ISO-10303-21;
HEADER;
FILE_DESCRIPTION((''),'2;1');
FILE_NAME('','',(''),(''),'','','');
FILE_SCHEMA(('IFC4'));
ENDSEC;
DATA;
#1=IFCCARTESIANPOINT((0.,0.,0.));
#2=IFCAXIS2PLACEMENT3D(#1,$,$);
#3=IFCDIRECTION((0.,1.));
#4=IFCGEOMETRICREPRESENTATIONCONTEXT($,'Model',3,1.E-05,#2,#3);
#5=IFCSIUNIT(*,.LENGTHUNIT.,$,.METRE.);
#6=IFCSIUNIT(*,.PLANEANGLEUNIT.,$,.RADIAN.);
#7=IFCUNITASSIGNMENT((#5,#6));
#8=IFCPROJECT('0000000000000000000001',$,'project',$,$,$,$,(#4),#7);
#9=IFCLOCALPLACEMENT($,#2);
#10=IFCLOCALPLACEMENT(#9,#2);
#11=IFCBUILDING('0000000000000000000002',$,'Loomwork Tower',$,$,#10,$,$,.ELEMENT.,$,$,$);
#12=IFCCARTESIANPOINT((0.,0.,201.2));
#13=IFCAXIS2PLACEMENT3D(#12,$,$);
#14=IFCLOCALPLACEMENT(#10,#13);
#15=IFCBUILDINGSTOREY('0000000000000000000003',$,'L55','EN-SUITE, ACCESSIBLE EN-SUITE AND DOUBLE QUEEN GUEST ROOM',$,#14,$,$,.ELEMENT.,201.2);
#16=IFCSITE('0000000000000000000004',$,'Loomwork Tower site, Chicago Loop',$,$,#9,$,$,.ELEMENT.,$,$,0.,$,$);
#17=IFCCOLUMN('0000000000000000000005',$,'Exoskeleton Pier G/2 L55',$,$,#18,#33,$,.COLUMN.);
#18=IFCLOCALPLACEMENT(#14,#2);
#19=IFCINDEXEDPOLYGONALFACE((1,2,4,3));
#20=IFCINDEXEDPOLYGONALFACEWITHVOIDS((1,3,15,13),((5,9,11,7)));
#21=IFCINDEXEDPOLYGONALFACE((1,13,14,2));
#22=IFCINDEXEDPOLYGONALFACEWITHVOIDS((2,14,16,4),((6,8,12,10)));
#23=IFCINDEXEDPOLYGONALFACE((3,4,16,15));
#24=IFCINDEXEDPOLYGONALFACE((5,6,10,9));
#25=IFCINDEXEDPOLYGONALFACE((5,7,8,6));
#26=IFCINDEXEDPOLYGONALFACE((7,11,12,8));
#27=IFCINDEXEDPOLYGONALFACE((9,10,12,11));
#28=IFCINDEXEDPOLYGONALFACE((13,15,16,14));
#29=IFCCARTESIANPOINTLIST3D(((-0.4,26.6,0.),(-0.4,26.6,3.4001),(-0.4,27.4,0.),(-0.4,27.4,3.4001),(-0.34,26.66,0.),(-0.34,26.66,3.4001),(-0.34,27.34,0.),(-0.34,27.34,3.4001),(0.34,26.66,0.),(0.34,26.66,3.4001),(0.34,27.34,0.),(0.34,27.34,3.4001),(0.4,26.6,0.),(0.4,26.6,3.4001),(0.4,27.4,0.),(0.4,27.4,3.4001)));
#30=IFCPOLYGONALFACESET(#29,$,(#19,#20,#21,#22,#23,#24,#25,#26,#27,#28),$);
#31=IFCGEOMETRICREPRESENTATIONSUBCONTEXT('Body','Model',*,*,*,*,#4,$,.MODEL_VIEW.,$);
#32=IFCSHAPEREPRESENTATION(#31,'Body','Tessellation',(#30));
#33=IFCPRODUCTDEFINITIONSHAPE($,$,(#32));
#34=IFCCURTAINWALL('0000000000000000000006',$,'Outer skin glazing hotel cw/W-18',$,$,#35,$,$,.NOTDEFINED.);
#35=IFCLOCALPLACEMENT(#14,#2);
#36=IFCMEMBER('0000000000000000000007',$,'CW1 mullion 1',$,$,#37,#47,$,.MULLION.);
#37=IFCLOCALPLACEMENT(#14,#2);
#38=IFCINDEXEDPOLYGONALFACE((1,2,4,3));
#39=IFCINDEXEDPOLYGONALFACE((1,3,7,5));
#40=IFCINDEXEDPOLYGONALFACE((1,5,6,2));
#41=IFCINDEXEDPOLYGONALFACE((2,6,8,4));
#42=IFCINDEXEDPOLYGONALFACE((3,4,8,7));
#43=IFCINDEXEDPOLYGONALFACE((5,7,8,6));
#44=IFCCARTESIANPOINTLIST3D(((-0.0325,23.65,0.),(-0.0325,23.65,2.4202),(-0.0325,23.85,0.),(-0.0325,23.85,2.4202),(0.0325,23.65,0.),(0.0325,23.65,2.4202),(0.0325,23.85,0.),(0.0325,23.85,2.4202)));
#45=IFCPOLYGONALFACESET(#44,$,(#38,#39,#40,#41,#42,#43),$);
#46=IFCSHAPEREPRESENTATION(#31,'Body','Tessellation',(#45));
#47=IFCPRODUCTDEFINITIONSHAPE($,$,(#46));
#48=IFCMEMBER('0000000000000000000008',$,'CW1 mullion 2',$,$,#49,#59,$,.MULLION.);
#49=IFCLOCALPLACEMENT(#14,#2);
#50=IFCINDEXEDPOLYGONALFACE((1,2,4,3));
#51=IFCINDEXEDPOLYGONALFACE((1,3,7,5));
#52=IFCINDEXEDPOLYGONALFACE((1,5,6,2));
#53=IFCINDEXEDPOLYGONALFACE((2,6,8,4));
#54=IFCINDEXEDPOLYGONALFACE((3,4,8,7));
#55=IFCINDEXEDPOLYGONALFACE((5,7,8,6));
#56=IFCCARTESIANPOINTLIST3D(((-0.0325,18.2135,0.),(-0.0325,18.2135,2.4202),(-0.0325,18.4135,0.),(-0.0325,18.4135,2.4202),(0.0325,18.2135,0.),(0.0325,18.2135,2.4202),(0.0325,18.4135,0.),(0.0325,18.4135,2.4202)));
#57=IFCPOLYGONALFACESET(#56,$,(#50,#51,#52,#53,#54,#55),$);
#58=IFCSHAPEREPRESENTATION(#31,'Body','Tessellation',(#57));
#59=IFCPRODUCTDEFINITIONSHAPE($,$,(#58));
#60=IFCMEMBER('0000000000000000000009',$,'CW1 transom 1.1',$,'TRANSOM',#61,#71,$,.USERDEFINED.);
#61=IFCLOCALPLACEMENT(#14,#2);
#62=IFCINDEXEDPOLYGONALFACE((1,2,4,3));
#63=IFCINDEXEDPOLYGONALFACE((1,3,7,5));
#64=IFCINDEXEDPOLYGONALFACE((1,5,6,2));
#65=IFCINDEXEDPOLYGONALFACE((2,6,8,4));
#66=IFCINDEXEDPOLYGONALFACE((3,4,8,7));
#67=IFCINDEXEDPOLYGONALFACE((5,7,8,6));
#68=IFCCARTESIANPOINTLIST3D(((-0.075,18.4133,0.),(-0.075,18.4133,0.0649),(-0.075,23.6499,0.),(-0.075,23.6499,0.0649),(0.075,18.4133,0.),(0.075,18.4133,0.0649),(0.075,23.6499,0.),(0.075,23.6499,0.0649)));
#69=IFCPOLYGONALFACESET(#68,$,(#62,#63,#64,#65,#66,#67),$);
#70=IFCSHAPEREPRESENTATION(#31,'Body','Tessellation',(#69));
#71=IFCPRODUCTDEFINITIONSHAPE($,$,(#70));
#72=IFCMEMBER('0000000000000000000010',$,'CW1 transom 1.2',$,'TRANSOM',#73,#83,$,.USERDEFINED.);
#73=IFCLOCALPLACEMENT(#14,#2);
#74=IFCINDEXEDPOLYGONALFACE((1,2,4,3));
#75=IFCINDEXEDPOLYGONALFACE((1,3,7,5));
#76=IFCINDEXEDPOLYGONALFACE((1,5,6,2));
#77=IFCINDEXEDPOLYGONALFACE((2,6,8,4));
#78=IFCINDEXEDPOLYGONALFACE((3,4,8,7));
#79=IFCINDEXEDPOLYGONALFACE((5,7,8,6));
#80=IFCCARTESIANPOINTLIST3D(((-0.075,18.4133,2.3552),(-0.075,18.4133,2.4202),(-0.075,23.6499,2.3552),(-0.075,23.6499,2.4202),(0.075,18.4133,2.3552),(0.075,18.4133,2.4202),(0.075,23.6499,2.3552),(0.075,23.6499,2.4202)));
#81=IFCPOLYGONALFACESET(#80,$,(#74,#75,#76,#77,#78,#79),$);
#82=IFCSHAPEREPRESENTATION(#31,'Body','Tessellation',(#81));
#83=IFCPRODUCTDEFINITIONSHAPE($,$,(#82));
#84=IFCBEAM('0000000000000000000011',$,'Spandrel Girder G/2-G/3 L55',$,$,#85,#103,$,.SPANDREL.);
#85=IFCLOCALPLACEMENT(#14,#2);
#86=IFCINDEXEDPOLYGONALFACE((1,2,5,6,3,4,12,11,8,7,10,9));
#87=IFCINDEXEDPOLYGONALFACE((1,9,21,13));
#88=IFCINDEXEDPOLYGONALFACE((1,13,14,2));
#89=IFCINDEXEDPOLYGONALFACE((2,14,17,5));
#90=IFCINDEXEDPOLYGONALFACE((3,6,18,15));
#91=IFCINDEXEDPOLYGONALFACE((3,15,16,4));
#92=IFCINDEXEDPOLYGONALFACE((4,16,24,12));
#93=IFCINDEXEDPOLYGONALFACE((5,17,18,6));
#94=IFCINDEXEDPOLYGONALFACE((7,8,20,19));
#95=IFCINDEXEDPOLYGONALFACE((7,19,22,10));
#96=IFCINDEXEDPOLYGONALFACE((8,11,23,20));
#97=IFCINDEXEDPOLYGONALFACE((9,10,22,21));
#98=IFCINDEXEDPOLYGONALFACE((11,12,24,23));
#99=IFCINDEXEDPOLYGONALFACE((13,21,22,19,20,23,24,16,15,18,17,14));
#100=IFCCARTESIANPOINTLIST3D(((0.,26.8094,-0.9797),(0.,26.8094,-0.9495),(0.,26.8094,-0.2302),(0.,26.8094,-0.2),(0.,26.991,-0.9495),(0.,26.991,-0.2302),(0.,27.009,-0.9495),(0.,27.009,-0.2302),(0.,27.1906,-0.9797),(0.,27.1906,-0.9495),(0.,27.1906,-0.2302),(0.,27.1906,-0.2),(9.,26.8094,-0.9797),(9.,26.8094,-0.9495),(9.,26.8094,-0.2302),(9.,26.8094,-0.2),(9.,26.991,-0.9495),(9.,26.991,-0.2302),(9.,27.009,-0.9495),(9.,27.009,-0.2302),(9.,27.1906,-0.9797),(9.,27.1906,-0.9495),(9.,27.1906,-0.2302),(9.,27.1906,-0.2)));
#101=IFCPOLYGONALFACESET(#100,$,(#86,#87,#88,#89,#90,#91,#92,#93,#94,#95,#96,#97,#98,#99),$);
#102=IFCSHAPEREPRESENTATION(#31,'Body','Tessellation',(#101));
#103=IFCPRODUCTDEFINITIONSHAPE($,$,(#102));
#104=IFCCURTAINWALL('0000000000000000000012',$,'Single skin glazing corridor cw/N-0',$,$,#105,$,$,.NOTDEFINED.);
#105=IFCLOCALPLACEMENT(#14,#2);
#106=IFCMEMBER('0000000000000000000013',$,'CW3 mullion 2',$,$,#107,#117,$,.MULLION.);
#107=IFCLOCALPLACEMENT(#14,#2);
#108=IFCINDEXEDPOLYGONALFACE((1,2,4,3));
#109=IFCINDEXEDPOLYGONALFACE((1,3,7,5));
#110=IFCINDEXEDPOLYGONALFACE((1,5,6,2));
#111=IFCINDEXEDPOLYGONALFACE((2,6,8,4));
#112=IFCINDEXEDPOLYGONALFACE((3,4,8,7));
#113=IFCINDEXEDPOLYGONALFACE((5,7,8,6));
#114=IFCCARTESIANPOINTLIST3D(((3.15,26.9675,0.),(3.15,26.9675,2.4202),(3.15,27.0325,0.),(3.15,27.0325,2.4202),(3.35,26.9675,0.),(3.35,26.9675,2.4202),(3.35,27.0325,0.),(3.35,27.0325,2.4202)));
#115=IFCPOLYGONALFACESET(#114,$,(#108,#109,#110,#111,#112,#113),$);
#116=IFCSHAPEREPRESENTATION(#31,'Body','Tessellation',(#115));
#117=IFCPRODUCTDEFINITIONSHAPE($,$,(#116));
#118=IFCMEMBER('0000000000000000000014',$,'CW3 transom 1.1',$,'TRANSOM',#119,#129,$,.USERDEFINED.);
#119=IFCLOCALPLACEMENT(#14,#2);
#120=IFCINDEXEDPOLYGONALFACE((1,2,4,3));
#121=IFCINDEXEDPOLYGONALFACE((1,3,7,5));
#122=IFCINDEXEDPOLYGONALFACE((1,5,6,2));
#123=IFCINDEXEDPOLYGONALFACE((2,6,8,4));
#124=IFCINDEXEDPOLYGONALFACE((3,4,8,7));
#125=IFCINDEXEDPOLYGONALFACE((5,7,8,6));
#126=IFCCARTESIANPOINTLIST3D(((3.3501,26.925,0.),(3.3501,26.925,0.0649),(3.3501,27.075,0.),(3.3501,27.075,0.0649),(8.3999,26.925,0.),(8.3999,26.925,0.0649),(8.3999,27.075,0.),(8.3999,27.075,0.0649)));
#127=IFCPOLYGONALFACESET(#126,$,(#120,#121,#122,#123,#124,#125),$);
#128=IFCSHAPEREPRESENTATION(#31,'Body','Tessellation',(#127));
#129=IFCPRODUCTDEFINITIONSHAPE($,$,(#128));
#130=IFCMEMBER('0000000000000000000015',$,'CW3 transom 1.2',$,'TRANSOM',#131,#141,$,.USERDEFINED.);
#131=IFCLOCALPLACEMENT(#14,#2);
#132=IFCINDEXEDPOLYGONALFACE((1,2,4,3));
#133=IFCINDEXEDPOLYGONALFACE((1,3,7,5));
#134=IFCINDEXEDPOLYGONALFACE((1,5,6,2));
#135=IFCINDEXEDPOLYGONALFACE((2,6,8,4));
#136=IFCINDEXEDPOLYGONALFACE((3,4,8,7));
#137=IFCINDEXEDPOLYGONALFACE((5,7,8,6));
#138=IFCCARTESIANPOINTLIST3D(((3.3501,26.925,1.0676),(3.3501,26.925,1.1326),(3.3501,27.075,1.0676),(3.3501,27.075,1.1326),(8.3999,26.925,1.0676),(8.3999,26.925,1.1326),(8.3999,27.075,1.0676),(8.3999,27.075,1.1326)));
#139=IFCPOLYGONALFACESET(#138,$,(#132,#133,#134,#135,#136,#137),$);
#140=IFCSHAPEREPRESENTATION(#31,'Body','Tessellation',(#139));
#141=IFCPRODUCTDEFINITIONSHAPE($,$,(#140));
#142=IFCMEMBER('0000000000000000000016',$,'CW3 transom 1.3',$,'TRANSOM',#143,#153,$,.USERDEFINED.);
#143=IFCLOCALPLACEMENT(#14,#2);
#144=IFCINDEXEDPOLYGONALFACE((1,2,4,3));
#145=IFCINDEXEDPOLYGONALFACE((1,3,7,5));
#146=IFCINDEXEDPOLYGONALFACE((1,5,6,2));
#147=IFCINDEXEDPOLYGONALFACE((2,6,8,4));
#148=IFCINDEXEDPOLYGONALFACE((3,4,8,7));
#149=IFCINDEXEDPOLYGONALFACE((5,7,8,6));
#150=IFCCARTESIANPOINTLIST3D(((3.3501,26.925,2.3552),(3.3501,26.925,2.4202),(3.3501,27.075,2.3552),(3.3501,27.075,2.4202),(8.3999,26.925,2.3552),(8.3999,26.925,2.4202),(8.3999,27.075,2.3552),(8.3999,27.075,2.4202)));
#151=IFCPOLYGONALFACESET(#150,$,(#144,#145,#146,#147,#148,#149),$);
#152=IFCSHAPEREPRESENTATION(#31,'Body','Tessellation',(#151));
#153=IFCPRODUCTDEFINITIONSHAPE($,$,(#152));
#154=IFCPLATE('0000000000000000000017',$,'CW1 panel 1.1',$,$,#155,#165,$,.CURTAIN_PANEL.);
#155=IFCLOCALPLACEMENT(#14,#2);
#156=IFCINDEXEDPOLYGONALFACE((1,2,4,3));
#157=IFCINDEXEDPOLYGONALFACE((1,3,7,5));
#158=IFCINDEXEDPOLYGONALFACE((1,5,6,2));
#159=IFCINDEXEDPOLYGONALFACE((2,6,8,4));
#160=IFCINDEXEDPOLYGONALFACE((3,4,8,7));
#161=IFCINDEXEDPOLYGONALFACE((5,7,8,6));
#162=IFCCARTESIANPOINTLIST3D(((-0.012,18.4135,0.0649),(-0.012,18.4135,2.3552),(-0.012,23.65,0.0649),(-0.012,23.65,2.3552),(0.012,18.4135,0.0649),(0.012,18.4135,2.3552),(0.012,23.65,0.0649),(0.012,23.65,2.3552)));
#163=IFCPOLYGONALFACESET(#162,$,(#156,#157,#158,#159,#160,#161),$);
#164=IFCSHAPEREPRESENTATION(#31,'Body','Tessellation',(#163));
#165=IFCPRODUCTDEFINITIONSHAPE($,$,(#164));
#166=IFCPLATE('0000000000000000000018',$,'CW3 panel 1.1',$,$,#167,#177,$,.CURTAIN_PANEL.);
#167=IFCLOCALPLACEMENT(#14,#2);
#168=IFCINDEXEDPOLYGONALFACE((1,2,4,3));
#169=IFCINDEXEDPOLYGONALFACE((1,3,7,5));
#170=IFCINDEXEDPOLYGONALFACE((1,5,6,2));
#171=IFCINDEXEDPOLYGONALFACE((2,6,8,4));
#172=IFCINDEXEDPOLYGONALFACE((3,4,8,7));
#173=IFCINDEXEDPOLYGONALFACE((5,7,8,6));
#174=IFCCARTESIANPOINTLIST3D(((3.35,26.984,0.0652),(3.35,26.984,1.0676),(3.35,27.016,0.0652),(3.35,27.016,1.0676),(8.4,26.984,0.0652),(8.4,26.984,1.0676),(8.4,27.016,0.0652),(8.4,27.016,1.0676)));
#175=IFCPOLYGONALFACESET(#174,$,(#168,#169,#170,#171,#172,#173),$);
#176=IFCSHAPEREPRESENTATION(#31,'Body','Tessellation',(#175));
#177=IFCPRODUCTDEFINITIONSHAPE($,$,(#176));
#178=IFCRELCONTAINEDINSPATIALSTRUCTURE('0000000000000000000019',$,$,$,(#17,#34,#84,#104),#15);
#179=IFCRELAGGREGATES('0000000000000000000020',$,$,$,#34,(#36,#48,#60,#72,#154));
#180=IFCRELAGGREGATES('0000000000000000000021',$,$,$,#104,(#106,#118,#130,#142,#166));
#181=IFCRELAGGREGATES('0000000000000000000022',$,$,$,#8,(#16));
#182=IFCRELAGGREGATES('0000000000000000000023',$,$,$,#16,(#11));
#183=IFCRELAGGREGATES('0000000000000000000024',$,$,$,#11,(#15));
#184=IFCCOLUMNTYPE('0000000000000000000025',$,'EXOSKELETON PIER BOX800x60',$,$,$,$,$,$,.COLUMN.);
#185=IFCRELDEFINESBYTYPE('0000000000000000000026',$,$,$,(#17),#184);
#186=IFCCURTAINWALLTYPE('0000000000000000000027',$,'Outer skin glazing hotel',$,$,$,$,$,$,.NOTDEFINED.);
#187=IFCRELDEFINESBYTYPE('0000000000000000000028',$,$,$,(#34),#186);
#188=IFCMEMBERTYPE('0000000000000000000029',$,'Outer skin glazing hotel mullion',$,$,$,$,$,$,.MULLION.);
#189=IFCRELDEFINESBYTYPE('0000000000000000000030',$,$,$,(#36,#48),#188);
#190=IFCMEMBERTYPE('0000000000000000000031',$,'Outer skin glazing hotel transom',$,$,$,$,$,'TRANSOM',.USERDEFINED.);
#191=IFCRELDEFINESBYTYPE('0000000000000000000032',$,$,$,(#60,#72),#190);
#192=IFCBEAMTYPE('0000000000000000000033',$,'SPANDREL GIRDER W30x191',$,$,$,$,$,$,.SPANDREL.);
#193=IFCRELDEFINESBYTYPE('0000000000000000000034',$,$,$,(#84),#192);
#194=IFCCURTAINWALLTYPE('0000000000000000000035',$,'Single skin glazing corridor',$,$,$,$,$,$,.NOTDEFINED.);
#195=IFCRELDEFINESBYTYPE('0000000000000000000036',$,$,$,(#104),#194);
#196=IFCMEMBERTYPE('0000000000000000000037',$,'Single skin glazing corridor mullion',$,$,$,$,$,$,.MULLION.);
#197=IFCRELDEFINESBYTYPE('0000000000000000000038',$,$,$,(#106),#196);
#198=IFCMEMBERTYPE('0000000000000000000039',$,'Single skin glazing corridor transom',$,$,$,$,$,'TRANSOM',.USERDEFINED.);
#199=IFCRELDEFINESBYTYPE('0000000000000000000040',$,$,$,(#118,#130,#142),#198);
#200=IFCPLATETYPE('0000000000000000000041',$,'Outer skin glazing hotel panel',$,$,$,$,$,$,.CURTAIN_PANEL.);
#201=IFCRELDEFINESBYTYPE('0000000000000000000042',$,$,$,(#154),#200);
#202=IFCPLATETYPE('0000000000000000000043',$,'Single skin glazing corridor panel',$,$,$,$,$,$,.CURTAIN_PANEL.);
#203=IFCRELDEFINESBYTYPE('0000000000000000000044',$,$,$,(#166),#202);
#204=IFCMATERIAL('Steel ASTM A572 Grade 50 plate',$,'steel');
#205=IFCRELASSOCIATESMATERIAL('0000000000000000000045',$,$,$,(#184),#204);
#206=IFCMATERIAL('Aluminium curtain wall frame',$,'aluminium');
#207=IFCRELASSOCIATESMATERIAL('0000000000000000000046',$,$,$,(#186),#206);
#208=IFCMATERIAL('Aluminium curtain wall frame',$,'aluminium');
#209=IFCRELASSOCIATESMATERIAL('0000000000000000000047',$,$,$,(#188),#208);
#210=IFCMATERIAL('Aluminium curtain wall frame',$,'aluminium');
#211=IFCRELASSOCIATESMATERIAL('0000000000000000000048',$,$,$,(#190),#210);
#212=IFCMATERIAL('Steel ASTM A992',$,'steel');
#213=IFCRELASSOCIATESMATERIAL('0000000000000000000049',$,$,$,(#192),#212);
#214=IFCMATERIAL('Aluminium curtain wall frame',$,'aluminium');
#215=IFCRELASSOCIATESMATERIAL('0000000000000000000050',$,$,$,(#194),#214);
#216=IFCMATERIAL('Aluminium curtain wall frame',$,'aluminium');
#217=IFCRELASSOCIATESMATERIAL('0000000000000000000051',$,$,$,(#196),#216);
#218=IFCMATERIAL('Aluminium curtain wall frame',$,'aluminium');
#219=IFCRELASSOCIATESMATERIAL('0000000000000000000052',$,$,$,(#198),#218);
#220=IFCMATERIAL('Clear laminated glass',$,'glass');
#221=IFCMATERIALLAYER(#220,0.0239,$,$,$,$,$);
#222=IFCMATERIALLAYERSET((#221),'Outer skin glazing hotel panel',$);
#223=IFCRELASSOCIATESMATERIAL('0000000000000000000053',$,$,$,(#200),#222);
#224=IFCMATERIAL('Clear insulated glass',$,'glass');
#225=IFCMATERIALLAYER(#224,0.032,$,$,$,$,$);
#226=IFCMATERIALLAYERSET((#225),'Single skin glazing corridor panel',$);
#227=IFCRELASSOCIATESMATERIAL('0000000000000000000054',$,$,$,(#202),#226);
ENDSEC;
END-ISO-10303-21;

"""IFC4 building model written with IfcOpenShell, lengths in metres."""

from ifc_helpers import new_model, si_unit, direction, frame, origin, origin_2d, place, context, subcontext, project, spatial, rectangle, hollow_rectangle, i_section, extrude, material, layer, layer_set, material_profile, profile_set, type_object, element, aggregate, save


model = new_model("IFC4")

# Units and contexts
model_context = context("Model", 3, precision=1e-05, world=origin(), true_north=direction((0.0, 1.0)))
body_context = subcontext(model_context, "Body", "Model", "MODEL_VIEW")
ifc_project = project(units=[si_unit("LENGTHUNIT", "METRE"), si_unit("PLANEANGLEUNIT", "RADIAN")], contexts=[model_context])

# Site, building, storey
site_placement = place(None, origin())
site = spatial("IfcSite", under=ifc_project, at=site_placement, Name="Loomwork Tower site, Chicago Loop", CompositionType="ELEMENT", RefElevation=0.0)
building_placement = place(site_placement, origin())
building = spatial("IfcBuilding", under=site, at=building_placement, Name="Loomwork Tower", CompositionType="ELEMENT")
storey_placement = place(building_placement, frame((0.0, 0.0, 201.2)))
storey = spatial("IfcBuildingStorey", under=building, at=storey_placement, Name="L55", Description="EN-SUITE, ACCESSIBLE EN-SUITE AND DOUBLE QUEEN GUEST ROOM", CompositionType="ELEMENT", Elevation=201.2)

# Column
ifc_material_1 = material(Name="Steel ASTM A572 Grade 50 plate", Category="steel")
ifc_material_profile_1 = material_profile(ifc_material_1, hollow_rectangle(XDim=0.8, YDim=0.8, WallThickness=0.0601, at=origin_2d()), Name="BOX800x60")
ifc_profile_set_1 = profile_set([ifc_material_profile_1], Name="Steel ASTM A572 Grade 50 plate")
column_type = type_object("IfcColumnType", Name="EXOSKELETON PIER BOX800x60", PredefinedType="COLUMN", material=ifc_profile_set_1)
column_placement = place(storey_placement, frame((0.0, 27.0, 0.0), z_axis=(0.0, 0.0, 1.0), x_axis=(0.0, 1.0, 0.0)))
element("IfcColumn", 1, at=column_placement, inside=storey, type_object=column_type, Name="Exoskeleton Pier G/2 L55", PredefinedType="COLUMN", context=body_context, shape_type="SweptSolid", body=[
    extrude(hollow_rectangle(XDim=0.8, YDim=0.8, WallThickness=0.0601, at=origin_2d()), origin(), (0.0, 0.0, 1.0), 3.4001),
])

# Curtain wall, members
ifc_material_2 = material(Name="Aluminium curtain wall frame", Category="aluminium")
curtain_wall_type_1 = type_object("IfcCurtainWallType", Name="Outer skin glazing hotel", PredefinedType="NOTDEFINED", material=ifc_material_2)
curtain_wall_1_placement = place(storey_placement, origin())
curtain_wall_1 = element("IfcCurtainWall", 2, at=curtain_wall_1_placement, inside=storey, type_object=curtain_wall_type_1, Name="Outer skin glazing hotel cw/W-18", PredefinedType="NOTDEFINED")
ifc_material_3 = material(Name="Aluminium curtain wall frame", Category="aluminium")
ifc_material_profile_2 = material_profile(ifc_material_3, rectangle(XDim=0.0649, YDim=0.2, at=origin_2d()), Name="AL 65x200")
ifc_profile_set_2 = profile_set([ifc_material_profile_2], Name="Aluminium curtain wall frame")
member_type_1 = type_object("IfcMemberType", Name="Outer skin glazing hotel mullion", PredefinedType="MULLION", material=ifc_profile_set_2)
member_1_placement = place(storey_placement, frame((0.0, 23.75, 0.0), z_axis=(0.0, 0.0, 1.0), x_axis=(1.0, 0.0, 0.0)))
member_1 = element("IfcMember", 3, at=member_1_placement, type_object=member_type_1, Name="CW1 mullion 1", PredefinedType="MULLION", context=body_context, shape_type="SweptSolid", body=[
    extrude(rectangle(XDim=0.0649, YDim=0.2, at=origin_2d()), origin(), (0.0, 0.0, 1.0), 2.4202),
])
member_2_placement = place(storey_placement, frame((0.0, 18.3135, 0.0), z_axis=(0.0, 0.0, 1.0), x_axis=(1.0, 0.0, 0.0)))
member_2 = element("IfcMember", 4, at=member_2_placement, type_object=member_type_1, Name="CW1 mullion 2", PredefinedType="MULLION", context=body_context, shape_type="SweptSolid", body=[
    extrude(rectangle(XDim=0.0649, YDim=0.2, at=origin_2d()), origin(), (0.0, 0.0, 1.0), 2.4202),
])
ifc_material_4 = material(Name="Aluminium curtain wall frame", Category="aluminium")
ifc_material_profile_3 = material_profile(ifc_material_4, rectangle(XDim=0.1499, YDim=0.0649, at=origin_2d()), Name="AL 65x150")
ifc_profile_set_3 = profile_set([ifc_material_profile_3], Name="Aluminium curtain wall frame")
member_type_2 = type_object("IfcMemberType", Name="Outer skin glazing hotel transom", ElementType="TRANSOM", PredefinedType="USERDEFINED", material=ifc_profile_set_3)
member_3_placement = place(storey_placement, frame((0.0, 23.6499, 0.0325), z_axis=(0.0, -1.0, 0.0), x_axis=(1.0, 0.0, 0.0)))
member_3 = element("IfcMember", 5, at=member_3_placement, type_object=member_type_2, Name="CW1 transom 1.1", ObjectType="TRANSOM", PredefinedType="USERDEFINED", context=body_context, shape_type="SweptSolid", body=[
    extrude(rectangle(XDim=0.1499, YDim=0.0649, at=origin_2d()), origin(), (0.0, 0.0, 1.0), 5.2366),
])
member_4_placement = place(storey_placement, frame((0.0, 23.6499, 2.3877), z_axis=(0.0, -1.0, 0.0), x_axis=(1.0, 0.0, 0.0)))
member_4 = element("IfcMember", 6, at=member_4_placement, type_object=member_type_2, Name="CW1 transom 1.2", ObjectType="TRANSOM", PredefinedType="USERDEFINED", context=body_context, shape_type="SweptSolid", body=[
    extrude(rectangle(XDim=0.1499, YDim=0.0649, at=origin_2d()), origin(), (0.0, 0.0, 1.0), 5.2366),
])

# Beam
ifc_material_5 = material(Name="Steel ASTM A992", Category="steel")
ifc_material_profile_4 = material_profile(ifc_material_5, i_section(OverallWidth=0.3811, OverallDepth=0.7798, WebThickness=0.0181, FlangeThickness=0.0303, at=origin_2d()), Name="W30x191")
ifc_profile_set_4 = profile_set([ifc_material_profile_4], Name="Steel ASTM A992")
beam_type = type_object("IfcBeamType", Name="SPANDREL GIRDER W30x191", PredefinedType="SPANDREL", material=ifc_profile_set_4)
beam_placement = place(storey_placement, frame((0.0, 27.0, -0.5898), z_axis=(1.0, 0.0, 0.0), x_axis=(0.0, 1.0, 0.0)))
element("IfcBeam", 7, at=beam_placement, inside=storey, type_object=beam_type, Name="Spandrel Girder G/2-G/3 L55", PredefinedType="SPANDREL", context=body_context, shape_type="SweptSolid", body=[
    extrude(i_section(OverallWidth=0.3811, OverallDepth=0.7798, WebThickness=0.0181, FlangeThickness=0.0303, at=origin_2d()), origin(), (0.0, 0.0, 1.0), 9.0),
])

# Curtain wall, members
ifc_material_6 = material(Name="Aluminium curtain wall frame", Category="aluminium")
curtain_wall_type_2 = type_object("IfcCurtainWallType", Name="Single skin glazing corridor", PredefinedType="NOTDEFINED", material=ifc_material_6)
curtain_wall_2_placement = place(storey_placement, origin())
curtain_wall_2 = element("IfcCurtainWall", 8, at=curtain_wall_2_placement, inside=storey, type_object=curtain_wall_type_2, Name="Single skin glazing corridor cw/N-0", PredefinedType="NOTDEFINED")
ifc_material_7 = material(Name="Aluminium curtain wall frame", Category="aluminium")
ifc_material_profile_5 = material_profile(ifc_material_7, rectangle(XDim=0.0649, YDim=0.2, at=origin_2d()), Name="AL 65x200")
ifc_profile_set_5 = profile_set([ifc_material_profile_5], Name="Aluminium curtain wall frame")
member_type_3 = type_object("IfcMemberType", Name="Single skin glazing corridor mullion", PredefinedType="MULLION", material=ifc_profile_set_5)
member_5_placement = place(storey_placement, frame((3.25, 27.0, 0.0), z_axis=(0.0, 0.0, 1.0), x_axis=(0.0, -1.0, 0.0)))
member_5 = element("IfcMember", 9, at=member_5_placement, type_object=member_type_3, Name="CW3 mullion 2", PredefinedType="MULLION", context=body_context, shape_type="SweptSolid", body=[
    extrude(rectangle(XDim=0.0649, YDim=0.2, at=origin_2d()), origin(), (0.0, 0.0, 1.0), 2.4202),
])
ifc_material_8 = material(Name="Aluminium curtain wall frame", Category="aluminium")
ifc_material_profile_6 = material_profile(ifc_material_8, rectangle(XDim=0.1499, YDim=0.0649, at=origin_2d()), Name="AL 65x150")
ifc_profile_set_6 = profile_set([ifc_material_profile_6], Name="Aluminium curtain wall frame")
member_type_4 = type_object("IfcMemberType", Name="Single skin glazing corridor transom", ElementType="TRANSOM", PredefinedType="USERDEFINED", material=ifc_profile_set_6)
member_6_placement = place(storey_placement, frame((8.3999, 27.0, 0.0325), z_axis=(-1.0, 0.0, 0.0), x_axis=(0.0, -1.0, 0.0)))
member_6 = element("IfcMember", 10, at=member_6_placement, type_object=member_type_4, Name="CW3 transom 1.1", ObjectType="TRANSOM", PredefinedType="USERDEFINED", context=body_context, shape_type="SweptSolid", body=[
    extrude(rectangle(XDim=0.1499, YDim=0.0649, at=origin_2d()), origin(), (0.0, 0.0, 1.0), 5.0498),
])
member_7_placement = place(storey_placement, frame((8.3999, 27.0, 1.1001), z_axis=(-1.0, 0.0, 0.0), x_axis=(0.0, -1.0, 0.0)))
member_7 = element("IfcMember", 11, at=member_7_placement, type_object=member_type_4, Name="CW3 transom 1.2", ObjectType="TRANSOM", PredefinedType="USERDEFINED", context=body_context, shape_type="SweptSolid", body=[
    extrude(rectangle(XDim=0.1499, YDim=0.0649, at=origin_2d()), origin(), (0.0, 0.0, 1.0), 5.0498),
])
member_8_placement = place(storey_placement, frame((8.3999, 27.0, 2.3877), z_axis=(-1.0, 0.0, 0.0), x_axis=(0.0, -1.0, 0.0)))
member_8 = element("IfcMember", 12, at=member_8_placement, type_object=member_type_4, Name="CW3 transom 1.3", ObjectType="TRANSOM", PredefinedType="USERDEFINED", context=body_context, shape_type="SweptSolid", body=[
    extrude(rectangle(XDim=0.1499, YDim=0.0649, at=origin_2d()), origin(), (0.0, 0.0, 1.0), 5.0498),
])

# Plates
ifc_material_9 = material(Name="Clear laminated glass", Category="glass")
ifc_layer_1 = layer(ifc_material_9, 0.0239)
ifc_layer_set_1 = layer_set([ifc_layer_1], Name="Outer skin glazing hotel panel")
plate_type_1 = type_object("IfcPlateType", Name="Outer skin glazing hotel panel", PredefinedType="CURTAIN_PANEL", material=ifc_layer_set_1)
plate_1_placement = place(storey_placement, frame((0.0, 21.0317, 0.0649), z_axis=(0.0, 0.0, 1.0), x_axis=(0.0, -1.0, 0.0)))
plate_1 = element("IfcPlate", 13, at=plate_1_placement, type_object=plate_type_1, Name="CW1 panel 1.1", PredefinedType="CURTAIN_PANEL", context=body_context, shape_type="SweptSolid", body=[
    extrude(rectangle(XDim=5.2366, YDim=0.0239, at=origin_2d()), origin(), (0.0, 0.0, 1.0), 2.2903),
])
aggregate(curtain_wall_1, [member_1, member_2, member_3, member_4, plate_1])
ifc_material_10 = material(Name="Clear insulated glass", Category="glass")
ifc_layer_2 = layer(ifc_material_10, 0.032)
ifc_layer_set_2 = layer_set([ifc_layer_2], Name="Single skin glazing corridor panel")
plate_type_2 = type_object("IfcPlateType", Name="Single skin glazing corridor panel", PredefinedType="CURTAIN_PANEL", material=ifc_layer_set_2)
plate_2_placement = place(storey_placement, frame((5.875, 27.0, 0.0652), z_axis=(0.0, 0.0, 1.0), x_axis=(-1.0, 0.0, 0.0)))
plate_2 = element("IfcPlate", 14, at=plate_2_placement, type_object=plate_type_2, Name="CW3 panel 1.1", PredefinedType="CURTAIN_PANEL", context=body_context, shape_type="SweptSolid", body=[
    extrude(rectangle(XDim=5.05, YDim=0.032, at=origin_2d()), origin(), (0.0, 0.0, 1.0), 1.0024),
])
aggregate(curtain_wall_2, [member_5, member_6, member_7, member_8, plate_2])

save(model, "model.ifc")
